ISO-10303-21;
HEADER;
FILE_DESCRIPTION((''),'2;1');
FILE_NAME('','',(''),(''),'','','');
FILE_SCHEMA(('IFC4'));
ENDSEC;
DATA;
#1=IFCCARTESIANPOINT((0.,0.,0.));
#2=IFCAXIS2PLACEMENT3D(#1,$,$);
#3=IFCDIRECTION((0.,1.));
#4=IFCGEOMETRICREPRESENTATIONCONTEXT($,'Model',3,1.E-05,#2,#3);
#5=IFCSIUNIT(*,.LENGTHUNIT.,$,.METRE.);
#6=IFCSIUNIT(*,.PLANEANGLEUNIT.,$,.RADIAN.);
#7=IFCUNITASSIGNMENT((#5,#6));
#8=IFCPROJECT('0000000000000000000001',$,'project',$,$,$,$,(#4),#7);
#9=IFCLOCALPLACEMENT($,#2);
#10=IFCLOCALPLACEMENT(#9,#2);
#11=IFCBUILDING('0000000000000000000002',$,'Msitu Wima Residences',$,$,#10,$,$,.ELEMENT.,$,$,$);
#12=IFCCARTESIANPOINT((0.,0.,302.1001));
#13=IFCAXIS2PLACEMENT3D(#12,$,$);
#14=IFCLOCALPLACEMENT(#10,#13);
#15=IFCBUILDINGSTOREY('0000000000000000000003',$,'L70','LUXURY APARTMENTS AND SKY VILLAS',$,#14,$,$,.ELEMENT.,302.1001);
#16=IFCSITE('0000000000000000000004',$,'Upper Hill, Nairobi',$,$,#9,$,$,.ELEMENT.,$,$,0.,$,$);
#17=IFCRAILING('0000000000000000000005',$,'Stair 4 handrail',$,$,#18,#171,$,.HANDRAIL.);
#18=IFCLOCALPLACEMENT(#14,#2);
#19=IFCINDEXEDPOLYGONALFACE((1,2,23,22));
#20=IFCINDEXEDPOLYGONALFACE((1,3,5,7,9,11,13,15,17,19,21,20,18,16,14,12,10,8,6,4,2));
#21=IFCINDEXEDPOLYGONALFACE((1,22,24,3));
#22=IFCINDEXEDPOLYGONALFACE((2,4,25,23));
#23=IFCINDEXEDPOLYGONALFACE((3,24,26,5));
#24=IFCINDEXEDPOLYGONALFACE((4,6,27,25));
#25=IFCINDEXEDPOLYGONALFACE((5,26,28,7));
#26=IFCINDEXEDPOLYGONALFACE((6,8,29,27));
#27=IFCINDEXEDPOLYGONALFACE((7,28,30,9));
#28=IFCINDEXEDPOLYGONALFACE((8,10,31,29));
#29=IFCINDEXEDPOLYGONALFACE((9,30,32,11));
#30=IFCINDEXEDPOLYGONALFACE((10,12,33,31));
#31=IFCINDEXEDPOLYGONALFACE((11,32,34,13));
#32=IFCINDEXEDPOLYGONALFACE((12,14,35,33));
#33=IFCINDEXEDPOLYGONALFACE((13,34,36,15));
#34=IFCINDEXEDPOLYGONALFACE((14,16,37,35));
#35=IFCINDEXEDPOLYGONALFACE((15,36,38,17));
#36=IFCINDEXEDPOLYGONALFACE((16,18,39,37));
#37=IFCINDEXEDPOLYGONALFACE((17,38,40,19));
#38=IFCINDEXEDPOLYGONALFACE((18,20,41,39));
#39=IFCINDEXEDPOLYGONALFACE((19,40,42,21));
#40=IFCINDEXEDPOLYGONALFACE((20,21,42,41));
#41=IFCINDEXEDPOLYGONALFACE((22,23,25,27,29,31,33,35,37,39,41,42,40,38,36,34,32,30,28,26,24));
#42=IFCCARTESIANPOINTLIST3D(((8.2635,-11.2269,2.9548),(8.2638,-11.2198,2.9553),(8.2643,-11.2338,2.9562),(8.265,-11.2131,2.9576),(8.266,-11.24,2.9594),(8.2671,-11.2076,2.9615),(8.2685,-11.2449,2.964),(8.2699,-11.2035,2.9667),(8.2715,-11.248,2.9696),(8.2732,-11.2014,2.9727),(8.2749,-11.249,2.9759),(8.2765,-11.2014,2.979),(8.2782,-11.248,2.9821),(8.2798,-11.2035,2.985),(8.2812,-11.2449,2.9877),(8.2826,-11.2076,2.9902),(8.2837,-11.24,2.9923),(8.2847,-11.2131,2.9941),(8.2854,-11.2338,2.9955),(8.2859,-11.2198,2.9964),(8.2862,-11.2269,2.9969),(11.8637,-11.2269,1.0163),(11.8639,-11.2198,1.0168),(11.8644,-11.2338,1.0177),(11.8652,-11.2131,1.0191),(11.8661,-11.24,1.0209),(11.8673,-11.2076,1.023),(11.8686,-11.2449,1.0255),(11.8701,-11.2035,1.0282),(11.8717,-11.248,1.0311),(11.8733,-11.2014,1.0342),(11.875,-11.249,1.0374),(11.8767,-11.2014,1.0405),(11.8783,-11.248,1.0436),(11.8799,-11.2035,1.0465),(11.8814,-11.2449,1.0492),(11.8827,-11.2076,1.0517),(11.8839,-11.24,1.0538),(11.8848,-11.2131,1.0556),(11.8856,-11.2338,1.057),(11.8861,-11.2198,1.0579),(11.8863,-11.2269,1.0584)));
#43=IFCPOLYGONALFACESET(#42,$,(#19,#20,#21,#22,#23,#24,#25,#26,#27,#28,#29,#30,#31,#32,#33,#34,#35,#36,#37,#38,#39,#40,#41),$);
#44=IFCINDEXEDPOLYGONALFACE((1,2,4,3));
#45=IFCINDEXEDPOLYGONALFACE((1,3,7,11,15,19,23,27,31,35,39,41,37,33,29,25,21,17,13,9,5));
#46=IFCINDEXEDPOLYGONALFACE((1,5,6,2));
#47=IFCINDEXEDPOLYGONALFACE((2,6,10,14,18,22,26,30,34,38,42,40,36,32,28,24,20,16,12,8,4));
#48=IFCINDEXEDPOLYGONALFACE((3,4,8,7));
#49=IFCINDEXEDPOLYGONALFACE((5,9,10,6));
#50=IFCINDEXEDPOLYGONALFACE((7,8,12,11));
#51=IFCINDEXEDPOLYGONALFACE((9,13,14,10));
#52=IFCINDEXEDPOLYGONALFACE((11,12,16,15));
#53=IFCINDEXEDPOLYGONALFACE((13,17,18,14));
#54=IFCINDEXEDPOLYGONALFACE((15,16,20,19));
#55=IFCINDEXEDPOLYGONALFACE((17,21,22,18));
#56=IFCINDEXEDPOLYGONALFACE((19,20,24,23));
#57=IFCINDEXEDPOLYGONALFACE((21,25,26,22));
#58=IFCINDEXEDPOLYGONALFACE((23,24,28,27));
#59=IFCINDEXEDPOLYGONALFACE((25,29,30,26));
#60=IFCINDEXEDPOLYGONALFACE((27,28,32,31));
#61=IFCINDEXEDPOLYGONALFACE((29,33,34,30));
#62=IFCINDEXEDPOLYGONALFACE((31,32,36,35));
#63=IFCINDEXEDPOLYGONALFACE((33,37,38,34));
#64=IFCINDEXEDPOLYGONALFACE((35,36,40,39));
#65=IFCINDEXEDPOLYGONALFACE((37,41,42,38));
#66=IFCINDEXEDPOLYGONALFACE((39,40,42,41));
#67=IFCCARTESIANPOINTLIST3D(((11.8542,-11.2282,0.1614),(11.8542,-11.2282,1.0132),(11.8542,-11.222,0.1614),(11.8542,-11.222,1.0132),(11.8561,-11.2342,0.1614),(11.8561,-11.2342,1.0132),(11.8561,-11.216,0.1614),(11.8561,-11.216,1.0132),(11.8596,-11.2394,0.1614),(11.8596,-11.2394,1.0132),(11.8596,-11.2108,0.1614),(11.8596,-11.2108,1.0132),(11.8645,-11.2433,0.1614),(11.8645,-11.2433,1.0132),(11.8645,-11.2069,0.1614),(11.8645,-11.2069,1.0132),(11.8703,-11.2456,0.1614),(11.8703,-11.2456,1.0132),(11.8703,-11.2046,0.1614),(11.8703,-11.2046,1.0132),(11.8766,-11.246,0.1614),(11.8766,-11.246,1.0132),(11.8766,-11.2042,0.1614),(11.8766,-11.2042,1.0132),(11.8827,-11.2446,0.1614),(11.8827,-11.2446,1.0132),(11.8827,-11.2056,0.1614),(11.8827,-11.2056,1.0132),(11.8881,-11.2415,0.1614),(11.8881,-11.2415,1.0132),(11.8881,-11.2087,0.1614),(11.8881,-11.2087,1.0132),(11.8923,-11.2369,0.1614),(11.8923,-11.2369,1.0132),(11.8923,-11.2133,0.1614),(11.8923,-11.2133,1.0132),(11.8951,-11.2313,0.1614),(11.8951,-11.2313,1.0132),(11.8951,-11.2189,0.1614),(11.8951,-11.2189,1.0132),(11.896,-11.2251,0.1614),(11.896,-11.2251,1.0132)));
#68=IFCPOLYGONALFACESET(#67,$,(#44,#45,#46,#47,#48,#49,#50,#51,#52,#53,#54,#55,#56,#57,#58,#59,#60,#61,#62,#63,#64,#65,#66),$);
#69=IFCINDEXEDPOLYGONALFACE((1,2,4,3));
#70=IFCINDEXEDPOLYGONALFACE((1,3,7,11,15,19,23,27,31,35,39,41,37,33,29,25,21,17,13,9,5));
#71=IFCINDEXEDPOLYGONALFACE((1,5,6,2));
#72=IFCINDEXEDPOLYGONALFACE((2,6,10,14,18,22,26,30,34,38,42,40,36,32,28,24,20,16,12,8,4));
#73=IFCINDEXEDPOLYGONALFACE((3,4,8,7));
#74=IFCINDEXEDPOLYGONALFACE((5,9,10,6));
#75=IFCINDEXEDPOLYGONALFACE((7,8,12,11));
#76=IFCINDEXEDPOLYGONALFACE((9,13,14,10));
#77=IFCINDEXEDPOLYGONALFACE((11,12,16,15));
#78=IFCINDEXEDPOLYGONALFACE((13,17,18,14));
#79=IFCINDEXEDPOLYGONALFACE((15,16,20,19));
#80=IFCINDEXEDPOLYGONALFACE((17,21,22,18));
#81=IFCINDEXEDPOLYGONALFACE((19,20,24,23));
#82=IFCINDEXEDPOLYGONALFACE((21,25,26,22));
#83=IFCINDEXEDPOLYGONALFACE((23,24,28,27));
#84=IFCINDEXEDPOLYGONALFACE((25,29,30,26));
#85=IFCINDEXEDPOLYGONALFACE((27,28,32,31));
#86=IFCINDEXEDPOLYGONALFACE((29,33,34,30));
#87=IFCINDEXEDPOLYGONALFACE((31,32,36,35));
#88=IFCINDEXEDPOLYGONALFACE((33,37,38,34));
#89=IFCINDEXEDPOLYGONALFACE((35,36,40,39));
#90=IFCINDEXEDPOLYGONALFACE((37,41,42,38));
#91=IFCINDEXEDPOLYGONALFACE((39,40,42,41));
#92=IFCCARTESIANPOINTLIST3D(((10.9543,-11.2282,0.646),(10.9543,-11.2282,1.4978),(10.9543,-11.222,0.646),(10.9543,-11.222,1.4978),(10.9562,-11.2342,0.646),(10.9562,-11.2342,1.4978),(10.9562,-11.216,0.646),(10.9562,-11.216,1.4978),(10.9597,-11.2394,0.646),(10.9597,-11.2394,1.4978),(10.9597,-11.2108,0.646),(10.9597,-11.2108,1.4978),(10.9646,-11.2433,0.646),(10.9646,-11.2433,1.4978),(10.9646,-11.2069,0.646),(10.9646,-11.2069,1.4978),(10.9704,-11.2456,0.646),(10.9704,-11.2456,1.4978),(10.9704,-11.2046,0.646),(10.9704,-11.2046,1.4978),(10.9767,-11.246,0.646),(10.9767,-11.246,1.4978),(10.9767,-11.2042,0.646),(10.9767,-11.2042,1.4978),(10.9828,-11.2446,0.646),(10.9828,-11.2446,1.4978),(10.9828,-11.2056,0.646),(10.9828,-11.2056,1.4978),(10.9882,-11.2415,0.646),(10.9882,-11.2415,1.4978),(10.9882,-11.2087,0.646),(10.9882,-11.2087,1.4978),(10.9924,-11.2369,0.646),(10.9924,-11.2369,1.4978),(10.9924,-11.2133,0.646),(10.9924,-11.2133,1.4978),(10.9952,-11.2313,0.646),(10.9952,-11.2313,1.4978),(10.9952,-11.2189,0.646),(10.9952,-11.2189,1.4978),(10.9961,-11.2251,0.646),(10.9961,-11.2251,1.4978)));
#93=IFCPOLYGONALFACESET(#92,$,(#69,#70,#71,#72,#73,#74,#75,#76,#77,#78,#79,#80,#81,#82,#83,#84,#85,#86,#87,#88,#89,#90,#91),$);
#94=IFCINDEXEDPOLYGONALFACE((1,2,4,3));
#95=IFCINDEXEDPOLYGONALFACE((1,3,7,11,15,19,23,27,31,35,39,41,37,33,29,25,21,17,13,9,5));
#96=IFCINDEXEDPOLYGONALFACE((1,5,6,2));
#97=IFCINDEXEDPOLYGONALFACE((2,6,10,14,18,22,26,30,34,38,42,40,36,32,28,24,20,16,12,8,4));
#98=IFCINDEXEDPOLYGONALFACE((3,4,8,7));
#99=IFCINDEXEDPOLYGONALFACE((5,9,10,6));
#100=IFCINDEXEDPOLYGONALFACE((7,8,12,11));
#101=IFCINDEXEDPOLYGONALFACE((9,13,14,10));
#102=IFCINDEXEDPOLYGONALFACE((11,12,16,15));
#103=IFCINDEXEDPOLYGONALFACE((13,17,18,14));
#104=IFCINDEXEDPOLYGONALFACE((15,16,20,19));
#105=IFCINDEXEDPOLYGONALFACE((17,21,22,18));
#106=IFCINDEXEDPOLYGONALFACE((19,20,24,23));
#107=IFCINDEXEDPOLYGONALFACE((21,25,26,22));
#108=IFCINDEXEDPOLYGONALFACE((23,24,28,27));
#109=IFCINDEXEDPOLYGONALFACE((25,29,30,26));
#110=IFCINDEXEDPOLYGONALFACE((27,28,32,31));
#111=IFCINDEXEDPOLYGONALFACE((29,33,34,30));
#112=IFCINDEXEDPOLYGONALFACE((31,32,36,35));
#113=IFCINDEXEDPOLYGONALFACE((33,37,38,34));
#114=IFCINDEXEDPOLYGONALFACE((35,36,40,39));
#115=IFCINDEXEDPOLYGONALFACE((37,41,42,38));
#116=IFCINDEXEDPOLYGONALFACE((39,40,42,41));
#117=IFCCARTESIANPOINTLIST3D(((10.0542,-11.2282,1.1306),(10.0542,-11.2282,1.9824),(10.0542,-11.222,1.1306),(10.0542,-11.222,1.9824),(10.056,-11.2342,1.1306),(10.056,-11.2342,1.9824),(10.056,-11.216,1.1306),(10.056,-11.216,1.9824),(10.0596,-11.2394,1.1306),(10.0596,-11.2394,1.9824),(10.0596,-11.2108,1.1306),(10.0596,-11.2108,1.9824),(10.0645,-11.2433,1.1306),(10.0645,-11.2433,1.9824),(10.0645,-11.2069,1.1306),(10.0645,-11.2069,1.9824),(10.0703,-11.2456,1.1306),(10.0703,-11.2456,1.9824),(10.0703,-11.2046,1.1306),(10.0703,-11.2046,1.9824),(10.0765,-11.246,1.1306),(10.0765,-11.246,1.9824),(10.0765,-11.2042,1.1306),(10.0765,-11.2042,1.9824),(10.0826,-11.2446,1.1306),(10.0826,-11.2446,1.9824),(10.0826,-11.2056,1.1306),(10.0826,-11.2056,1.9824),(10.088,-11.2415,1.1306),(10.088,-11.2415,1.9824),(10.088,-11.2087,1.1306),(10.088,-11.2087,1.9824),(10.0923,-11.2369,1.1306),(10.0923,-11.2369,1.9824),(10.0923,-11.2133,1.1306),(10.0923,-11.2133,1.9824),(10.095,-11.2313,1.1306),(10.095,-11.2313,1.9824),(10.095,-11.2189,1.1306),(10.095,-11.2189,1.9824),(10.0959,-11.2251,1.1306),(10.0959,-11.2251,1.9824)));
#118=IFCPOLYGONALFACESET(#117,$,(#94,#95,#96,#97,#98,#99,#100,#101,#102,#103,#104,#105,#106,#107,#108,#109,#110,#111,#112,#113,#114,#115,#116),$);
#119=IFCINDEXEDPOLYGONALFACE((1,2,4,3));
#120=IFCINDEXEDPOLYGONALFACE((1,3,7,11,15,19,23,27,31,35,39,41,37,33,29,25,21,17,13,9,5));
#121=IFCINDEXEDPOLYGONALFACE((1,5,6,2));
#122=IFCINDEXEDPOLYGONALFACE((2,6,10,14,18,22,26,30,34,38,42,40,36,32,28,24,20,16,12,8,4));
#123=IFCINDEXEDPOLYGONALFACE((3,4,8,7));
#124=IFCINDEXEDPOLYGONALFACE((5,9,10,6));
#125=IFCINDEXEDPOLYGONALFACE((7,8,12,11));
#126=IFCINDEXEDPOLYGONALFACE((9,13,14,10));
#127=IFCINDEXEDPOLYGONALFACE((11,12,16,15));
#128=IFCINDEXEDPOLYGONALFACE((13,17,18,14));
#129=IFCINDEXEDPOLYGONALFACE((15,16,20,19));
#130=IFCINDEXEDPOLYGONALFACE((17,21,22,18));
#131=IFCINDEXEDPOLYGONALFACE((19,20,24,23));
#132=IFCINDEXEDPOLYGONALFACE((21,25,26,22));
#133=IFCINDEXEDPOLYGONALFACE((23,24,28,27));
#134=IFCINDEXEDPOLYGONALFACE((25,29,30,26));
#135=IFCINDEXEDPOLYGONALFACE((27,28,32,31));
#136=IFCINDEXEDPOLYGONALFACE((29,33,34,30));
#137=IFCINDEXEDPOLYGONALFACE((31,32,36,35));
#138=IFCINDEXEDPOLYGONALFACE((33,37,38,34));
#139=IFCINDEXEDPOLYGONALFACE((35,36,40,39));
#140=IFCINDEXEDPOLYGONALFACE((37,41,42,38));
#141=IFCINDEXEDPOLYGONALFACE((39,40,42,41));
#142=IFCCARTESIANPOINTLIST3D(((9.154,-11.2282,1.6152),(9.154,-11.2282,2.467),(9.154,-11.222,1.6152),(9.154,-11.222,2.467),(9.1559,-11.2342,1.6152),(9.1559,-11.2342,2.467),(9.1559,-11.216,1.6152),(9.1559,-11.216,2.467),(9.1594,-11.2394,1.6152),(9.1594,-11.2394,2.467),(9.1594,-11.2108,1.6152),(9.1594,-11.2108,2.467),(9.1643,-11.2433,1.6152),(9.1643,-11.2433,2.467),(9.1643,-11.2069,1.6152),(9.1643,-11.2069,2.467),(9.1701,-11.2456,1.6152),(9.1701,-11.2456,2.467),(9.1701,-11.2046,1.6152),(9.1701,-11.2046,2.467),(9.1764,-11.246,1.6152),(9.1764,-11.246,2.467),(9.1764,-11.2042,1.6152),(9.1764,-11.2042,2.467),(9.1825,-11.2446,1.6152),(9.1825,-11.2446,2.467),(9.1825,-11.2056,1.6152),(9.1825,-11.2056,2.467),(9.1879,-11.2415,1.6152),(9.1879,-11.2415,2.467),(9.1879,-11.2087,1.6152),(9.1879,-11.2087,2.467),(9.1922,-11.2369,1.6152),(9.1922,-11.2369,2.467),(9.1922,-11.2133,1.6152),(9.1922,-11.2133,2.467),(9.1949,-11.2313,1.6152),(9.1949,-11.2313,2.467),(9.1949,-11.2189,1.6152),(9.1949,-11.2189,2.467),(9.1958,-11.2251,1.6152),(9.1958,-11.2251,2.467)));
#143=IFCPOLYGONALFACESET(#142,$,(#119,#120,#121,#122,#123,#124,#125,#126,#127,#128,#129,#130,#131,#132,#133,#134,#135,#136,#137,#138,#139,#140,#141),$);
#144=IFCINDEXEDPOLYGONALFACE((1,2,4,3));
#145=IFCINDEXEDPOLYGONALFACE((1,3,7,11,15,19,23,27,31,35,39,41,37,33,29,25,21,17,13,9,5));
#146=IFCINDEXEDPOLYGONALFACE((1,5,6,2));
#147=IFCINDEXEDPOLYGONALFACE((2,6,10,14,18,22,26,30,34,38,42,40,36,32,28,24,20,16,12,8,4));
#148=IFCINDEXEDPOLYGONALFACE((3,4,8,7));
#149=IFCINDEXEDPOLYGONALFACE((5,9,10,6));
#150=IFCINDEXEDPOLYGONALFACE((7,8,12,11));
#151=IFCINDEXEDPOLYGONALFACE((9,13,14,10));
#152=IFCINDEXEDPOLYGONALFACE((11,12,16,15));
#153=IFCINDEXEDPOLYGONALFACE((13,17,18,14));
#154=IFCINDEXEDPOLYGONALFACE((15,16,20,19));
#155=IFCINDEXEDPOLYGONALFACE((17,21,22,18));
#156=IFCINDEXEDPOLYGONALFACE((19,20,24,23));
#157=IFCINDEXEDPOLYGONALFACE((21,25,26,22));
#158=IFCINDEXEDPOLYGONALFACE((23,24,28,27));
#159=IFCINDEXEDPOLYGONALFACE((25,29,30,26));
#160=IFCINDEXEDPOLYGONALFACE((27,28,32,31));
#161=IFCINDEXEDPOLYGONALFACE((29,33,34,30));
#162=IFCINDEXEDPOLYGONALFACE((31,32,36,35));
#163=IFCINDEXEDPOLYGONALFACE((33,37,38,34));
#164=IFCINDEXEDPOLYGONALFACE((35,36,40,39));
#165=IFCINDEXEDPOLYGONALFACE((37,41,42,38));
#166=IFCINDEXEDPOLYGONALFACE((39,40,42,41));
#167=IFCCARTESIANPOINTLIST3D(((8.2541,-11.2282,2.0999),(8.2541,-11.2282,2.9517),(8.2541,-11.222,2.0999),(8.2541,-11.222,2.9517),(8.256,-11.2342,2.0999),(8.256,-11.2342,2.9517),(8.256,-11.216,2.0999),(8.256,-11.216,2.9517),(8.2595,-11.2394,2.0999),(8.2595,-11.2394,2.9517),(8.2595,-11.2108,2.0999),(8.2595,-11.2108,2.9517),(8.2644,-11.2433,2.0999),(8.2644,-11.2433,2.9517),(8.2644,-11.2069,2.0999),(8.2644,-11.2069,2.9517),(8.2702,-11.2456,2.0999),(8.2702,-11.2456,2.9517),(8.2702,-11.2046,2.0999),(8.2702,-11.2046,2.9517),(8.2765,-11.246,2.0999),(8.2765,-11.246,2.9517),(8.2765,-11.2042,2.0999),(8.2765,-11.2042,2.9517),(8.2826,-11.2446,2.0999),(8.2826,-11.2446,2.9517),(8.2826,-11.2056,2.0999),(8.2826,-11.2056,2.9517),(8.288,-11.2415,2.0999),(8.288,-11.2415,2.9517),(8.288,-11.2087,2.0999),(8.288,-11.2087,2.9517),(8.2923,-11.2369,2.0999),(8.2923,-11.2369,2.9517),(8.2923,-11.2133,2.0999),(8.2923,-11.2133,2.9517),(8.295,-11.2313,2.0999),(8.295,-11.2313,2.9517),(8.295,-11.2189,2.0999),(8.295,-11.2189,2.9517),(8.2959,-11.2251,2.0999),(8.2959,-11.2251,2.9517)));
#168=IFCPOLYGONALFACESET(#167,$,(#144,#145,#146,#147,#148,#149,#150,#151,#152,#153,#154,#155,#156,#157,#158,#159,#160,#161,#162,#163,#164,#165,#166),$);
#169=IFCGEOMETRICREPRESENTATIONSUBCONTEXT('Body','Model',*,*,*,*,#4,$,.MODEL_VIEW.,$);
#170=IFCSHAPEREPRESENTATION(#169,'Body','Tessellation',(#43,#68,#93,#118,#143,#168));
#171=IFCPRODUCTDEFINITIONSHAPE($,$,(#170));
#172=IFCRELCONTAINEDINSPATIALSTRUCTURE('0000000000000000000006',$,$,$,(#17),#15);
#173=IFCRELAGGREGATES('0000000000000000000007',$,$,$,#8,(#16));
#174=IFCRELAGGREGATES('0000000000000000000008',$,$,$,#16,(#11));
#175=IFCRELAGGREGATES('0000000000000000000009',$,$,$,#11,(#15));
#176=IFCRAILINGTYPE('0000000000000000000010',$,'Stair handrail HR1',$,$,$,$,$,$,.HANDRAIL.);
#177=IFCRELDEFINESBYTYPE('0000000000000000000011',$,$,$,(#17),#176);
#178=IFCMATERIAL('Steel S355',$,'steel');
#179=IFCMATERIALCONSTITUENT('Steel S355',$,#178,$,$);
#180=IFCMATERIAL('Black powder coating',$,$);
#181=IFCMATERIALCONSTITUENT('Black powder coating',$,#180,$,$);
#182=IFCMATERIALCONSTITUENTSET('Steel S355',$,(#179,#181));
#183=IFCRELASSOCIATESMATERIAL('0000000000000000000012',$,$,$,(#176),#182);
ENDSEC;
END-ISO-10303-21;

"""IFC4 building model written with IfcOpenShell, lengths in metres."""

from ifc_helpers import new_model, si_unit, direction, frame, origin, origin_2d, place, context, subcontext, project, spatial, circle, extrude, material, constituent, constituent_set, type_object, element, save


model = new_model("IFC4")

# Units and contexts
model_context = context("Model", 3, precision=1e-05, world=origin(), true_north=direction((0.0, 1.0)))
body_context = subcontext(model_context, "Body", "Model", "MODEL_VIEW")
ifc_project = project(units=[si_unit("LENGTHUNIT", "METRE"), si_unit("PLANEANGLEUNIT", "RADIAN")], contexts=[model_context])

# Site, building, storey
site_placement = place(None, origin())
site = spatial("IfcSite", under=ifc_project, at=site_placement, Name="Upper Hill, Nairobi", CompositionType="ELEMENT", RefElevation=0.0)
building_placement = place(site_placement, origin())
building = spatial("IfcBuilding", under=site, at=building_placement, Name="Msitu Wima Residences", CompositionType="ELEMENT")
storey_placement = place(building_placement, frame((0.0, 0.0, 302.1001)))
storey = spatial("IfcBuildingStorey", under=building, at=storey_placement, Name="L70", Description="LUXURY APARTMENTS AND SKY VILLAS", CompositionType="ELEMENT", Elevation=302.1001)

# Railing
ifc_material_1 = material(Name="Steel S355", Category="steel")
ifc_constituent_1 = constituent(ifc_material_1, Name="Steel S355")
ifc_material_2 = material(Name="Black powder coating")
ifc_constituent_2 = constituent(ifc_material_2, Name="Black powder coating")
ifc_constituent_set = constituent_set(constituents=[ifc_constituent_1, ifc_constituent_2], Name="Steel S355")
railing_type = type_object("IfcRailingType", Name="Stair handrail HR1", PredefinedType="HANDRAIL", material=ifc_constituent_set)
for number, where, name in (
    (1, (11.875, -11.2251, 0.1614), "Stair 4 handrail"),
):
    element("IfcRailing", number, at=place(storey_placement, frame(where)), inside=storey, type_object=railing_type, Name=name, PredefinedType="HANDRAIL", context=body_context, shape_type="SweptSolid", body=[
        extrude(circle(Radius=0.0239, at=origin_2d()), frame((0.0, 0.0, 0.876), z_axis=(-0.880475, 0.0, 0.474093), x_axis=(0.0, -1.0, 0.0)), (0.0, 0.0, 1.0), 4.0889),
        extrude(circle(Radius=0.021, at=origin_2d()), origin(), (0.0, 0.0, 1.0), 0.8518),
        extrude(circle(Radius=0.021, at=origin_2d()), frame((-0.8999, 0.0, 0.4846)), (0.0, 0.0, 1.0), 0.8518),
        extrude(circle(Radius=0.021, at=origin_2d()), frame((-1.8, 0.0, 0.9692)), (0.0, 0.0, 1.0), 0.8518),
        extrude(circle(Radius=0.021, at=origin_2d()), frame((-2.7002, 0.0, 1.4539)), (0.0, 0.0, 1.0), 0.8518),
        extrude(circle(Radius=0.021, at=origin_2d()), frame((-3.6001, 0.0, 1.9385)), (0.0, 0.0, 1.0), 0.8518),
    ])

save(model, "model.ifc")
